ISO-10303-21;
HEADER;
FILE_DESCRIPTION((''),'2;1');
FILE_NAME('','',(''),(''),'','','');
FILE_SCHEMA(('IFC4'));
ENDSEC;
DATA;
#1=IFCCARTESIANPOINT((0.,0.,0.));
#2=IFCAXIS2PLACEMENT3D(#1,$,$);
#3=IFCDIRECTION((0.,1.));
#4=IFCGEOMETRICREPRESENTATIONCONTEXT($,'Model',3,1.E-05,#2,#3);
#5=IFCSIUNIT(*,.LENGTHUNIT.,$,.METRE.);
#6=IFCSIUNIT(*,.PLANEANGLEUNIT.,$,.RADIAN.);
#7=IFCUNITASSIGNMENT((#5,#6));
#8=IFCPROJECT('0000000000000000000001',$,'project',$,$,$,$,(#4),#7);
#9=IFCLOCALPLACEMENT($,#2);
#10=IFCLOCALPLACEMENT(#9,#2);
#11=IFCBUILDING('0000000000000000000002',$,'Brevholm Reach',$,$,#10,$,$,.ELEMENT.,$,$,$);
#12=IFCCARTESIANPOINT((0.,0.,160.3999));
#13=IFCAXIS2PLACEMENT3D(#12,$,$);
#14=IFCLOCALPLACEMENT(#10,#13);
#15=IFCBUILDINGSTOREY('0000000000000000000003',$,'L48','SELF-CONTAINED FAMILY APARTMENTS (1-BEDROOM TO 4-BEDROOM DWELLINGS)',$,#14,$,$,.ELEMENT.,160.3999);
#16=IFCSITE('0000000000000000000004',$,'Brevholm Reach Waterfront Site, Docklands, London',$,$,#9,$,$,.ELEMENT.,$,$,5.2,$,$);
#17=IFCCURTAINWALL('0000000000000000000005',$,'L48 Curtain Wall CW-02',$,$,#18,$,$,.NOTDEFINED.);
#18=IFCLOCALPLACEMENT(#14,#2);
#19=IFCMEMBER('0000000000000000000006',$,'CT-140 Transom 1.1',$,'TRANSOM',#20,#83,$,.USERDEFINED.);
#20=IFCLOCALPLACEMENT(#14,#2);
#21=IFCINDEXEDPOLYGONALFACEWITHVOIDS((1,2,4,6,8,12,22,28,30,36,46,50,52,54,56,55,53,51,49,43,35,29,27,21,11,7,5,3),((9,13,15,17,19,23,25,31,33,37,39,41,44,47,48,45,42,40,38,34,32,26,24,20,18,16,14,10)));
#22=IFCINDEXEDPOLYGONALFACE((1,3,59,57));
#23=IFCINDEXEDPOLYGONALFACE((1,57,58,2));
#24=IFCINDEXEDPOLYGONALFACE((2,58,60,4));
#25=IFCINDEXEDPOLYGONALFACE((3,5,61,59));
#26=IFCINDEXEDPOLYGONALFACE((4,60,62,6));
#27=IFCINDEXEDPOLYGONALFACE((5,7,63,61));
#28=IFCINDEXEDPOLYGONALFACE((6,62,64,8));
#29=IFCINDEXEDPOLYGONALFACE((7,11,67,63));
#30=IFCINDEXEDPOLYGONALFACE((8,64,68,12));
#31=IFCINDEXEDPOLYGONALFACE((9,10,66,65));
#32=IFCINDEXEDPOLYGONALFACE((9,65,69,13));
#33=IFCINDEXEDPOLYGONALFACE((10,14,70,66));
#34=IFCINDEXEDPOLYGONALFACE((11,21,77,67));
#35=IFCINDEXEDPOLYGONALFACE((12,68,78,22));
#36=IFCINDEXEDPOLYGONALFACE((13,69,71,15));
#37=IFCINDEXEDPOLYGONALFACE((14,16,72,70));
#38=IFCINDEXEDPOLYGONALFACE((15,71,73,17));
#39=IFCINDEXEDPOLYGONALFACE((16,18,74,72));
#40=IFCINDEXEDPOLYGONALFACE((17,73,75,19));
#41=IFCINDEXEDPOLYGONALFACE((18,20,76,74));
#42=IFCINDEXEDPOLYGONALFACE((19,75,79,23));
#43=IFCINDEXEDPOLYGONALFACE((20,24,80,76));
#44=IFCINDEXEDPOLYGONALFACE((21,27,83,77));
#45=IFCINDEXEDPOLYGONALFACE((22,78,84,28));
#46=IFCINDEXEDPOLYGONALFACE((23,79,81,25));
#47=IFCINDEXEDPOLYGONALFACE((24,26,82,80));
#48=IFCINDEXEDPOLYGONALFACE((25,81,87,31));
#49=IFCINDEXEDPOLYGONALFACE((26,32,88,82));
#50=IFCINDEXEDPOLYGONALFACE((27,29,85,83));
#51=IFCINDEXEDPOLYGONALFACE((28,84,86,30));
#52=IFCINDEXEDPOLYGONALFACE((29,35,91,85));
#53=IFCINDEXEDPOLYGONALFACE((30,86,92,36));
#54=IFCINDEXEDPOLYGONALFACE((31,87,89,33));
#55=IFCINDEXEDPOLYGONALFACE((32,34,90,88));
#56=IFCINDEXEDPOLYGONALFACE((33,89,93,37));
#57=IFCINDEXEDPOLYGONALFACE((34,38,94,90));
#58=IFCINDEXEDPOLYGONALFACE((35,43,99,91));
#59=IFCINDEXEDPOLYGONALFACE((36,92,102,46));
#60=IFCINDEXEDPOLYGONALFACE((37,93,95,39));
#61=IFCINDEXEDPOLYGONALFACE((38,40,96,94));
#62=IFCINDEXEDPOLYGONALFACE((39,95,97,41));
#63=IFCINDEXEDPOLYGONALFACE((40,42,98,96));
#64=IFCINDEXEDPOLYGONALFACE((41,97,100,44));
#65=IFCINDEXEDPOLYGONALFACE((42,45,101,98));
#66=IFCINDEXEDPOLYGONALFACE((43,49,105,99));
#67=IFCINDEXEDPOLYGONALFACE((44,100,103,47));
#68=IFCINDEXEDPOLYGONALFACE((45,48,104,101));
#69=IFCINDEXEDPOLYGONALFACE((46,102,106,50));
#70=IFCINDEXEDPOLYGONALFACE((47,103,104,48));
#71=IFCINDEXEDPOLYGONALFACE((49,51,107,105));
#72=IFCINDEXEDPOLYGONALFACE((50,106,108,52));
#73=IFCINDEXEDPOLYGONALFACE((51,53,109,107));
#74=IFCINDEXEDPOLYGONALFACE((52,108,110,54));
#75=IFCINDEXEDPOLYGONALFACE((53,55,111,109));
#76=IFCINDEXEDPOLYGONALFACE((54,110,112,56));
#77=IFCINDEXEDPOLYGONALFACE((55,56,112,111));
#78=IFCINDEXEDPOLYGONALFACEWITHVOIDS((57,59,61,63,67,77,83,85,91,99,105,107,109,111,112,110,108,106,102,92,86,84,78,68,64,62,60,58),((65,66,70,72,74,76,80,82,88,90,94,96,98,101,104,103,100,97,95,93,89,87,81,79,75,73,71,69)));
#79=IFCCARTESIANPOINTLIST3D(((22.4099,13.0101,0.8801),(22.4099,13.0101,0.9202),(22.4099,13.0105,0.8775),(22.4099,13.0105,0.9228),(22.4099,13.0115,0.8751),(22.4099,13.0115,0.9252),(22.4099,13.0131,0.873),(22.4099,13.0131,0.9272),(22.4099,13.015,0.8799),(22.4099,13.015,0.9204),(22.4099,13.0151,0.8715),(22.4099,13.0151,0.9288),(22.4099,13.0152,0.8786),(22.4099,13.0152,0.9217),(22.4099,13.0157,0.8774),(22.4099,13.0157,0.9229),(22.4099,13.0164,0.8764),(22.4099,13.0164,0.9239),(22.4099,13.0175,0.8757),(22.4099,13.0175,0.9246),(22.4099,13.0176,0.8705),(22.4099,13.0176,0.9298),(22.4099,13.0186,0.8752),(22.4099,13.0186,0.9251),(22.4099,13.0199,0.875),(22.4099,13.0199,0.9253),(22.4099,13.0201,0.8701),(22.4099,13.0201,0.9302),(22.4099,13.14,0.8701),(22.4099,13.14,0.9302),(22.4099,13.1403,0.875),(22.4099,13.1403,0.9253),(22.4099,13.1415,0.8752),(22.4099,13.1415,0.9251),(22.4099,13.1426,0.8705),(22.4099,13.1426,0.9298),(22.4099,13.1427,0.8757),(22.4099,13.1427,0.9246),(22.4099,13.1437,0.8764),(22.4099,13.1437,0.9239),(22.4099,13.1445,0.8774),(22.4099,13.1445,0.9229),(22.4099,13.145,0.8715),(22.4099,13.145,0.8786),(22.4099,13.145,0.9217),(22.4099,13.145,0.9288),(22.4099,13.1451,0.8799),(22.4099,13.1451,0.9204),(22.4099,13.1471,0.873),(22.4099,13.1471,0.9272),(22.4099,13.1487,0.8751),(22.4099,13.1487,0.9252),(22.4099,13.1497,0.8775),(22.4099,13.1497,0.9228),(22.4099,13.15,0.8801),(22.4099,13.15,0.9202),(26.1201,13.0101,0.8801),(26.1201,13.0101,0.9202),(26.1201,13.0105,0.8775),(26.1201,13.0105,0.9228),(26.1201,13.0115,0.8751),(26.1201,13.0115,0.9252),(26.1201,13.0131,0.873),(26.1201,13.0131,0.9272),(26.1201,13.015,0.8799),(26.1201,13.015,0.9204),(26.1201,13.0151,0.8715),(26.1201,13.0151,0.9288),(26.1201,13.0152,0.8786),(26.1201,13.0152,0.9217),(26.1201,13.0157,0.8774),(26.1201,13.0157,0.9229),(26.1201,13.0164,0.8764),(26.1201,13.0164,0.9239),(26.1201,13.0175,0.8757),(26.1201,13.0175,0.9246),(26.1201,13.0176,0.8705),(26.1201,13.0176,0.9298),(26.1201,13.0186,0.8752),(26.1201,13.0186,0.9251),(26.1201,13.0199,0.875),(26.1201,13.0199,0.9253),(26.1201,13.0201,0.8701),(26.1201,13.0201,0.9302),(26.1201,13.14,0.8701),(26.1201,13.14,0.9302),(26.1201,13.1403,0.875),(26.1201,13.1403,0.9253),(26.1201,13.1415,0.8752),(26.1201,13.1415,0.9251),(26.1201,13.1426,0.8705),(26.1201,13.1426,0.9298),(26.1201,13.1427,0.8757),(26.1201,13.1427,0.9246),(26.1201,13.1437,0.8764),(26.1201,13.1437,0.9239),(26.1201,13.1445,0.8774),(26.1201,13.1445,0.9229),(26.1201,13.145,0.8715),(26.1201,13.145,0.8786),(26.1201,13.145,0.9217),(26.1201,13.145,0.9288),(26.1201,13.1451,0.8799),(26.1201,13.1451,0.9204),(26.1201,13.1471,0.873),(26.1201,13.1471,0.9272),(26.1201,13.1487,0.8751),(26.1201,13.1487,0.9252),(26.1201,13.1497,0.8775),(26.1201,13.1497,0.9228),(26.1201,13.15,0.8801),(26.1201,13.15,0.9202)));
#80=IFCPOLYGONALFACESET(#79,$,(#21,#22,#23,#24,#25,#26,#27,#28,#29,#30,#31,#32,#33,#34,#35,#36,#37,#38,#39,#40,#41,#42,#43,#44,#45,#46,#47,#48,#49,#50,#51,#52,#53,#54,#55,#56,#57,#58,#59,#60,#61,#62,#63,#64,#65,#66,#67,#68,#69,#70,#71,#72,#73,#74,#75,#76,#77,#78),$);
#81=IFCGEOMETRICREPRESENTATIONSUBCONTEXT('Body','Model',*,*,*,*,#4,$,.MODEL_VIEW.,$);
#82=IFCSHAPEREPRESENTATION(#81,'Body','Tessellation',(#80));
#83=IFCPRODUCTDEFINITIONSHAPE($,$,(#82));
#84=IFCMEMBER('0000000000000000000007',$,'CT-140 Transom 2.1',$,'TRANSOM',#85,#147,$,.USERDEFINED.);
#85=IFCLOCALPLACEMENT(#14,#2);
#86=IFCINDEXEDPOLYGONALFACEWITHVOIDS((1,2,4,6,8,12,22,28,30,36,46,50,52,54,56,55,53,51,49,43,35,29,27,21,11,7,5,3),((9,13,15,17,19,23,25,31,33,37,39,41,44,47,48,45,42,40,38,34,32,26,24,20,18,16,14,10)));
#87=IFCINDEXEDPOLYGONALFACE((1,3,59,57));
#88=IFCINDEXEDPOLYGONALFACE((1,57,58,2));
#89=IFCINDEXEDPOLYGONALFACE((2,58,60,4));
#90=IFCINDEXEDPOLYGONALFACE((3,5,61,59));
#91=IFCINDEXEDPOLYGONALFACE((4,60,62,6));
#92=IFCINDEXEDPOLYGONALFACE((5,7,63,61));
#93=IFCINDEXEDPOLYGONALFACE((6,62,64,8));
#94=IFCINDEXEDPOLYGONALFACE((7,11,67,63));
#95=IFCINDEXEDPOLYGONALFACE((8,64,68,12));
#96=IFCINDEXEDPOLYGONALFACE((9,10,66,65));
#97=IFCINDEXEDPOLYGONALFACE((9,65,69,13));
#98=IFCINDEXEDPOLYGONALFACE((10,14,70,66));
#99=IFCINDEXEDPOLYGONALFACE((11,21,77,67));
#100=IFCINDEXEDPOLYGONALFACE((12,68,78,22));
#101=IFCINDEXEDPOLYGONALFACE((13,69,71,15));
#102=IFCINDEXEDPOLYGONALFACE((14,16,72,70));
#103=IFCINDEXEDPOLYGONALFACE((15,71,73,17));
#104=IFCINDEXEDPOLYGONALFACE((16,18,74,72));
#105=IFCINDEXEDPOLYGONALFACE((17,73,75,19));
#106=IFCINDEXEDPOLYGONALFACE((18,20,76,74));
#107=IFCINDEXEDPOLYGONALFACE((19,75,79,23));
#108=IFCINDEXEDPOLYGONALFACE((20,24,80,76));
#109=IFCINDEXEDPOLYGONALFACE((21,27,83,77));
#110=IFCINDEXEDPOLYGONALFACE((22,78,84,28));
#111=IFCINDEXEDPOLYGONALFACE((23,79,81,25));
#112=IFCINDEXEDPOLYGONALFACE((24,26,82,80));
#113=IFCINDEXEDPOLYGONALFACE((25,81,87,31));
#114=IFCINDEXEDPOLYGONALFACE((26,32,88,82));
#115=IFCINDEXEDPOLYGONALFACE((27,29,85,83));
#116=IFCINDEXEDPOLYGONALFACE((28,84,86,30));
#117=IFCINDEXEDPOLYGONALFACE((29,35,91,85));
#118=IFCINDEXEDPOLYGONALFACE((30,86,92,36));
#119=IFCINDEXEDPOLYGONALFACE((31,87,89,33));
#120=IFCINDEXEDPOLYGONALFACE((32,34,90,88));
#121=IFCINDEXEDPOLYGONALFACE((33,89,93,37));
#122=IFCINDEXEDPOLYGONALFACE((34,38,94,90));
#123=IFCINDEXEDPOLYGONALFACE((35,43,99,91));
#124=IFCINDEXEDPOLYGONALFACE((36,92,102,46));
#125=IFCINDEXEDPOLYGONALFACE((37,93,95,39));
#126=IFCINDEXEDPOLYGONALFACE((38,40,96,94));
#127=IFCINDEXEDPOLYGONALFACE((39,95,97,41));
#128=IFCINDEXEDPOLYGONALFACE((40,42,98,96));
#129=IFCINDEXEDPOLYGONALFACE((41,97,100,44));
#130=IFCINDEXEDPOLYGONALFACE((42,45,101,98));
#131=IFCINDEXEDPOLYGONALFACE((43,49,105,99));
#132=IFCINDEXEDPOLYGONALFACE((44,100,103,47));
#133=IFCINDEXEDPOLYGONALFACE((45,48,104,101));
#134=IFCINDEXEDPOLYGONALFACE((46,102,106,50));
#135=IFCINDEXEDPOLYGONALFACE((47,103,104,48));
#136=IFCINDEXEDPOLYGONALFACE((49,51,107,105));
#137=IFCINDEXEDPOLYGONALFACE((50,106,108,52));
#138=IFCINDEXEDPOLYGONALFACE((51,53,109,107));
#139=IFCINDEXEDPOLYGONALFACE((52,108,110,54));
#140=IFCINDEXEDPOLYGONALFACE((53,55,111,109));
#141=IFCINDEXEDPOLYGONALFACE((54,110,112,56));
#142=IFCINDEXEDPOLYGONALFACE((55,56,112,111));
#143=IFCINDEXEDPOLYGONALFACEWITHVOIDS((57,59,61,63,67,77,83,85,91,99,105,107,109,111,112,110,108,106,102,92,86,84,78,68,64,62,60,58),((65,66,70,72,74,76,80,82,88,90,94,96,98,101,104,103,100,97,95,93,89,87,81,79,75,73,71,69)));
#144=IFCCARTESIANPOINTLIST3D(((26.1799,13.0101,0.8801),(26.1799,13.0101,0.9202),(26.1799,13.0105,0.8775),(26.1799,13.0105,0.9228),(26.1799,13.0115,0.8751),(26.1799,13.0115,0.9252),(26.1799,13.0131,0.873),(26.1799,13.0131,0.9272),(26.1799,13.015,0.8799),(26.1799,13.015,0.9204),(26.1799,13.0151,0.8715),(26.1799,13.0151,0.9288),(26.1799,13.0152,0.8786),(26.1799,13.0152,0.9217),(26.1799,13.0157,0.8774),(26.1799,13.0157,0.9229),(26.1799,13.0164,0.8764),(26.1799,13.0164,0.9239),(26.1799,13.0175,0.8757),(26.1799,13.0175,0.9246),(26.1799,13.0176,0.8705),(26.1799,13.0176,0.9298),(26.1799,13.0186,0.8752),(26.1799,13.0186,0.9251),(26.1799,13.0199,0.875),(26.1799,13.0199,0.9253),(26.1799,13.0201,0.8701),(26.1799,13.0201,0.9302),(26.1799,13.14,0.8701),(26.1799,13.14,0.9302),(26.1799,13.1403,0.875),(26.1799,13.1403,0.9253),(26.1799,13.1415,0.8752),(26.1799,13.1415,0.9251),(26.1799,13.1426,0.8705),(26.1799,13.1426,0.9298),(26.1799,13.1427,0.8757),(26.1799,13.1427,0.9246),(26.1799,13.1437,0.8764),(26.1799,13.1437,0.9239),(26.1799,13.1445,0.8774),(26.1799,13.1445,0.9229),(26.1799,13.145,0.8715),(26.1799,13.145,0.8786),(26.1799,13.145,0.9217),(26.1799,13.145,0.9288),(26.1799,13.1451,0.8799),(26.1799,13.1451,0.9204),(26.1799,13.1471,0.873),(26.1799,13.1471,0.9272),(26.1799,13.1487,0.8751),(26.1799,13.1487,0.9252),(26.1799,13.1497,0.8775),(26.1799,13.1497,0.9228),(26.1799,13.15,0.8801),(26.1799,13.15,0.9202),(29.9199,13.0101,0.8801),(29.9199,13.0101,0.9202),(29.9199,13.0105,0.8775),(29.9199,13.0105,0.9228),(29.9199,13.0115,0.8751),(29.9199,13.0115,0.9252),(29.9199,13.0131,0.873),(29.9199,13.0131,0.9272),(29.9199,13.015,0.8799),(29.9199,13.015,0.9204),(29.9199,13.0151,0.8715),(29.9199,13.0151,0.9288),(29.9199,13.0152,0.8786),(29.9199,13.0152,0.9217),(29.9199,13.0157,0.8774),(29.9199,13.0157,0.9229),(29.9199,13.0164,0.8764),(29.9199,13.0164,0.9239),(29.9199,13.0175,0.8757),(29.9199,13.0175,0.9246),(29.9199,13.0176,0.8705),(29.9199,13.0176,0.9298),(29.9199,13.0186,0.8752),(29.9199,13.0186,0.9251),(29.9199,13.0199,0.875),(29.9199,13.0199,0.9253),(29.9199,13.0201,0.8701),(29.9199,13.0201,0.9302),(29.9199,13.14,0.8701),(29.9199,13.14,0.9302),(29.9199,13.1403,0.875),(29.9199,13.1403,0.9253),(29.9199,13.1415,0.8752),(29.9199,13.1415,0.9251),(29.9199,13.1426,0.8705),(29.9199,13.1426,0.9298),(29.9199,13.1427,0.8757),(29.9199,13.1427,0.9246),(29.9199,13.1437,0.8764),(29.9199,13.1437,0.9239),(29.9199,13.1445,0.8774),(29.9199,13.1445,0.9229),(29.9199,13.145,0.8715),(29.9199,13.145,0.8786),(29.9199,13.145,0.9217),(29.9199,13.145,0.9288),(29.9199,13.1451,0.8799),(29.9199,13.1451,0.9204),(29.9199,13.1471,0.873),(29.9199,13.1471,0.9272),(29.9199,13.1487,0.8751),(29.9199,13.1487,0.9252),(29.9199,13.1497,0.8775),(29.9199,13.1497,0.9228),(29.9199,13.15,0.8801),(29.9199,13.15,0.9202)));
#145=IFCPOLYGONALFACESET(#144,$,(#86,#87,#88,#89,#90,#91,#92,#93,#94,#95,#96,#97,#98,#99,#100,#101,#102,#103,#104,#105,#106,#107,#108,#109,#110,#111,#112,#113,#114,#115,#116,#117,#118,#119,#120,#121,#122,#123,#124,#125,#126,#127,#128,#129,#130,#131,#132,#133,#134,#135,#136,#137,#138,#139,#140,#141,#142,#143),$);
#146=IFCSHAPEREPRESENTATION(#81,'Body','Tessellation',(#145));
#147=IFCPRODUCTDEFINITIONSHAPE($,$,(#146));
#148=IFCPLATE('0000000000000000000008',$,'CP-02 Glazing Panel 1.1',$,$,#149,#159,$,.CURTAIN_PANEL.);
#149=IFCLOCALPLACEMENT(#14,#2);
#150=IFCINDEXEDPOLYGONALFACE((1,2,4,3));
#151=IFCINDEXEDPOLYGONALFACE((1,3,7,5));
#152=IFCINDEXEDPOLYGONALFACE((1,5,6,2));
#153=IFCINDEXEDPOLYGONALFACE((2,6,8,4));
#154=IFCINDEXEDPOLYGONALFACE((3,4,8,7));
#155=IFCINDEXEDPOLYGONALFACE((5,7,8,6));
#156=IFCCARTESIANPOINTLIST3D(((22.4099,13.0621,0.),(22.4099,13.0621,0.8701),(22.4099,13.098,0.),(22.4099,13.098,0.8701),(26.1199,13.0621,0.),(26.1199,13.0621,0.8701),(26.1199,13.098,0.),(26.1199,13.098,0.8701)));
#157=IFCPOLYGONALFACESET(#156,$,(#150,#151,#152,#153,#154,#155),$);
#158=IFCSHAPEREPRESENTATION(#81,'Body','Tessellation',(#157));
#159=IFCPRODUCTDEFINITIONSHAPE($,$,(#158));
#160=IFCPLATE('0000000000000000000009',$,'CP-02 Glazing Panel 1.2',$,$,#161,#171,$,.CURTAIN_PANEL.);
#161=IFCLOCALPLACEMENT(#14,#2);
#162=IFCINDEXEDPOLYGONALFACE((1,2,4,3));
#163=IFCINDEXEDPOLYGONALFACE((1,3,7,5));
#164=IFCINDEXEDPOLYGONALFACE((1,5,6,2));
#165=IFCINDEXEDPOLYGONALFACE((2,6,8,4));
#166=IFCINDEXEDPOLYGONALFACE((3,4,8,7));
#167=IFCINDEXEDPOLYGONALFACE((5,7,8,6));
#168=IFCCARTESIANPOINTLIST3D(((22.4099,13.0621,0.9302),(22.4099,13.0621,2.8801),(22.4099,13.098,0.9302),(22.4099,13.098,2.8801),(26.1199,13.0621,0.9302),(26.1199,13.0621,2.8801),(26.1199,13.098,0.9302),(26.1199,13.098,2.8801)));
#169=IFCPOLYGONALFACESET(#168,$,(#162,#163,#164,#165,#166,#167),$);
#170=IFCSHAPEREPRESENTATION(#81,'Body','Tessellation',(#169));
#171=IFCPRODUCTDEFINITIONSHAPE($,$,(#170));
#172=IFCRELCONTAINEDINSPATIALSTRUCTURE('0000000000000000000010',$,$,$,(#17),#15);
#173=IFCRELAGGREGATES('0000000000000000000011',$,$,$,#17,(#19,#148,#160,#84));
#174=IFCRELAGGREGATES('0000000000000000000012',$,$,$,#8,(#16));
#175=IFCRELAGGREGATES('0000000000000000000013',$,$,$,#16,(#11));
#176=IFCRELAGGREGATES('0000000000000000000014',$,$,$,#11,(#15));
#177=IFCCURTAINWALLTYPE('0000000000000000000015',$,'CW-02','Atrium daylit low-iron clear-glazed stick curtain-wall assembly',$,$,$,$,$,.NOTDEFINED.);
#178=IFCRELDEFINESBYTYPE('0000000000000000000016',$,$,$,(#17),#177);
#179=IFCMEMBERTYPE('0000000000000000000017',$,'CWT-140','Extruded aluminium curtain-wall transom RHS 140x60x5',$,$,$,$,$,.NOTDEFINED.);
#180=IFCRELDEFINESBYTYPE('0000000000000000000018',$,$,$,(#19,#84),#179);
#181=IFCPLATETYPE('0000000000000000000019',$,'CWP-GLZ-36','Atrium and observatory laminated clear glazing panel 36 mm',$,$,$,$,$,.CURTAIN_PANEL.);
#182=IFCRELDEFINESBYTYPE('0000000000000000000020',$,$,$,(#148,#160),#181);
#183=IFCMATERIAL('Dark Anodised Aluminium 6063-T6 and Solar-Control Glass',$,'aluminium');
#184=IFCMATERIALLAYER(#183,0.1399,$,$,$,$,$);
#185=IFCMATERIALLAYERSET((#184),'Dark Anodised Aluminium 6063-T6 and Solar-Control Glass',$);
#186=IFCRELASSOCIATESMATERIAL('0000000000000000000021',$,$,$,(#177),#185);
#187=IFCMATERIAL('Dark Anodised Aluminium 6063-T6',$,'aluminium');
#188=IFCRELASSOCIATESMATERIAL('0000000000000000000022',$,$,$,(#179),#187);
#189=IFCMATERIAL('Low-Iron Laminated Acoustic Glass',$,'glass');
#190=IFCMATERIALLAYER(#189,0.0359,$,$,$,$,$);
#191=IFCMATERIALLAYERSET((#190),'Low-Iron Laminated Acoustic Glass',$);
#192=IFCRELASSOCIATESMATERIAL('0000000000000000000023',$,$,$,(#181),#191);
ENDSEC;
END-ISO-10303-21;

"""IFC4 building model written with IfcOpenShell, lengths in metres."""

from ifc_helpers import new_model, si_unit, direction, frame, origin, origin_2d, place, context, subcontext, project, spatial, rectangle, hollow_rectangle, extrude, material, layer, layer_set, material_profile, profile_set, type_object, element, aggregate, save


model = new_model("IFC4")

# Units and contexts
model_context = context("Model", 3, precision=1e-05, world=origin(), true_north=direction((0.0, 1.0)))
body_context = subcontext(model_context, "Body", "Model", "MODEL_VIEW")
ifc_project = project(units=[si_unit("LENGTHUNIT", "METRE"), si_unit("PLANEANGLEUNIT", "RADIAN")], contexts=[model_context])

# Site, building, storey
site_placement = place(None, origin())
site = spatial("IfcSite", under=ifc_project, at=site_placement, Name="Brevholm Reach Waterfront Site, Docklands, London", CompositionType="ELEMENT", RefElevation=5.2)
building_placement = place(site_placement, origin())
building = spatial("IfcBuilding", under=site, at=building_placement, Name="Brevholm Reach", CompositionType="ELEMENT")
storey_placement = place(building_placement, frame((0.0, 0.0, 160.3999)))
storey = spatial("IfcBuildingStorey", under=building, at=storey_placement, Name="L48", Description="SELF-CONTAINED FAMILY APARTMENTS (1-BEDROOM TO 4-BEDROOM DWELLINGS)", CompositionType="ELEMENT", Elevation=160.3999)

# Curtain wall, members, plates
ifc_material_1 = material(Name="Dark Anodised Aluminium 6063-T6 and Solar-Control Glass", Category="aluminium")
ifc_layer_1 = layer(ifc_material_1, 0.1399)
ifc_layer_set_1 = layer_set([ifc_layer_1], Name="Dark Anodised Aluminium 6063-T6 and Solar-Control Glass")
curtain_wall_type = type_object("IfcCurtainWallType", Name="CW-02", Description="Atrium daylit low-iron clear-glazed stick curtain-wall assembly", PredefinedType="NOTDEFINED", material=ifc_layer_set_1)
curtain_wall_placement = place(storey_placement, origin())
curtain_wall = element("IfcCurtainWall", 1, at=curtain_wall_placement, inside=storey, type_object=curtain_wall_type, Name="L48 Curtain Wall CW-02", PredefinedType="NOTDEFINED")
ifc_material_2 = material(Name="Dark Anodised Aluminium 6063-T6", Category="aluminium")
ifc_material_profile_1 = material_profile(ifc_material_2, hollow_rectangle(XDim=0.0601, YDim=0.1399, WallThickness=0.0049, InnerFilletRadius=0.0049, OuterFilletRadius=0.01, at=origin_2d()), Name="RHS 140x60x5")
ifc_profile_set_1 = profile_set([ifc_material_profile_1], Name="Dark Anodised Aluminium 6063-T6")
member_type_1 = type_object("IfcMemberType", Name="CWT-140", Description="Extruded aluminium curtain-wall transom RHS 140x60x5", PredefinedType="NOTDEFINED", material=ifc_profile_set_1)
member_1_placement = place(storey_placement, frame((22.4099, 13.0801, 0.9001), z_axis=(1.0, 0.0, 0.0), x_axis=(0.0, 0.0, 1.0)))
member_1 = element("IfcMember", 2, at=member_1_placement, type_object=member_type_1, Name="CT-140 Transom 1.1", ObjectType="TRANSOM", PredefinedType="USERDEFINED", context=body_context, shape_type="SweptSolid", body=[
    extrude(hollow_rectangle(XDim=0.0601, YDim=0.1399, WallThickness=0.0049, InnerFilletRadius=0.0049, OuterFilletRadius=0.01, at=origin_2d()), origin(), (0.0, 0.0, 1.0), 3.7102),
])
member_2_placement = place(storey_placement, frame((26.1799, 13.0801, 0.9001), z_axis=(1.0, 0.0, 0.0), x_axis=(0.0, 0.0, 1.0)))
member_2 = element("IfcMember", 3, at=member_2_placement, type_object=member_type_1, Name="CT-140 Transom 2.1", ObjectType="TRANSOM", PredefinedType="USERDEFINED", context=body_context, shape_type="SweptSolid", body=[
    extrude(hollow_rectangle(XDim=0.0601, YDim=0.1399, WallThickness=0.0049, InnerFilletRadius=0.0049, OuterFilletRadius=0.01, at=origin_2d()), origin(), (0.0, 0.0, 1.0), 3.74),
])
ifc_material_3 = material(Name="Low-Iron Laminated Acoustic Glass", Category="glass")
ifc_layer_2 = layer(ifc_material_3, 0.0359)
ifc_layer_set_2 = layer_set([ifc_layer_2], Name="Low-Iron Laminated Acoustic Glass")
plate_type = type_object("IfcPlateType", Name="CWP-GLZ-36", Description="Atrium and observatory laminated clear glazing panel 36 mm", PredefinedType="CURTAIN_PANEL", material=ifc_layer_set_2)
plate_1_placement = place(storey_placement, frame((24.2649, 13.0801, 0.0), z_axis=(0.0, 0.0, 1.0), x_axis=(1.0, 0.0, 0.0)))
plate_1 = element("IfcPlate", 4, at=plate_1_placement, type_object=plate_type, Name="CP-02 Glazing Panel 1.1", PredefinedType="CURTAIN_PANEL", context=body_context, shape_type="SweptSolid", body=[
    extrude(rectangle(XDim=3.71, YDim=0.0359, at=origin_2d()), origin(), (0.0, 0.0, 1.0), 0.8701),
])
plate_2_placement = place(storey_placement, frame((24.2649, 13.0801, 0.9302), z_axis=(0.0, 0.0, 1.0), x_axis=(1.0, 0.0, 0.0)))
plate_2 = element("IfcPlate", 5, at=plate_2_placement, type_object=plate_type, Name="CP-02 Glazing Panel 1.2", PredefinedType="CURTAIN_PANEL", context=body_context, shape_type="SweptSolid", body=[
    extrude(rectangle(XDim=3.71, YDim=0.0359, at=origin_2d()), origin(), (0.0, 0.0, 1.0), 1.95),
])
aggregate(curtain_wall, [member_1, plate_1, plate_2, member_2])

save(model, "model.ifc")
